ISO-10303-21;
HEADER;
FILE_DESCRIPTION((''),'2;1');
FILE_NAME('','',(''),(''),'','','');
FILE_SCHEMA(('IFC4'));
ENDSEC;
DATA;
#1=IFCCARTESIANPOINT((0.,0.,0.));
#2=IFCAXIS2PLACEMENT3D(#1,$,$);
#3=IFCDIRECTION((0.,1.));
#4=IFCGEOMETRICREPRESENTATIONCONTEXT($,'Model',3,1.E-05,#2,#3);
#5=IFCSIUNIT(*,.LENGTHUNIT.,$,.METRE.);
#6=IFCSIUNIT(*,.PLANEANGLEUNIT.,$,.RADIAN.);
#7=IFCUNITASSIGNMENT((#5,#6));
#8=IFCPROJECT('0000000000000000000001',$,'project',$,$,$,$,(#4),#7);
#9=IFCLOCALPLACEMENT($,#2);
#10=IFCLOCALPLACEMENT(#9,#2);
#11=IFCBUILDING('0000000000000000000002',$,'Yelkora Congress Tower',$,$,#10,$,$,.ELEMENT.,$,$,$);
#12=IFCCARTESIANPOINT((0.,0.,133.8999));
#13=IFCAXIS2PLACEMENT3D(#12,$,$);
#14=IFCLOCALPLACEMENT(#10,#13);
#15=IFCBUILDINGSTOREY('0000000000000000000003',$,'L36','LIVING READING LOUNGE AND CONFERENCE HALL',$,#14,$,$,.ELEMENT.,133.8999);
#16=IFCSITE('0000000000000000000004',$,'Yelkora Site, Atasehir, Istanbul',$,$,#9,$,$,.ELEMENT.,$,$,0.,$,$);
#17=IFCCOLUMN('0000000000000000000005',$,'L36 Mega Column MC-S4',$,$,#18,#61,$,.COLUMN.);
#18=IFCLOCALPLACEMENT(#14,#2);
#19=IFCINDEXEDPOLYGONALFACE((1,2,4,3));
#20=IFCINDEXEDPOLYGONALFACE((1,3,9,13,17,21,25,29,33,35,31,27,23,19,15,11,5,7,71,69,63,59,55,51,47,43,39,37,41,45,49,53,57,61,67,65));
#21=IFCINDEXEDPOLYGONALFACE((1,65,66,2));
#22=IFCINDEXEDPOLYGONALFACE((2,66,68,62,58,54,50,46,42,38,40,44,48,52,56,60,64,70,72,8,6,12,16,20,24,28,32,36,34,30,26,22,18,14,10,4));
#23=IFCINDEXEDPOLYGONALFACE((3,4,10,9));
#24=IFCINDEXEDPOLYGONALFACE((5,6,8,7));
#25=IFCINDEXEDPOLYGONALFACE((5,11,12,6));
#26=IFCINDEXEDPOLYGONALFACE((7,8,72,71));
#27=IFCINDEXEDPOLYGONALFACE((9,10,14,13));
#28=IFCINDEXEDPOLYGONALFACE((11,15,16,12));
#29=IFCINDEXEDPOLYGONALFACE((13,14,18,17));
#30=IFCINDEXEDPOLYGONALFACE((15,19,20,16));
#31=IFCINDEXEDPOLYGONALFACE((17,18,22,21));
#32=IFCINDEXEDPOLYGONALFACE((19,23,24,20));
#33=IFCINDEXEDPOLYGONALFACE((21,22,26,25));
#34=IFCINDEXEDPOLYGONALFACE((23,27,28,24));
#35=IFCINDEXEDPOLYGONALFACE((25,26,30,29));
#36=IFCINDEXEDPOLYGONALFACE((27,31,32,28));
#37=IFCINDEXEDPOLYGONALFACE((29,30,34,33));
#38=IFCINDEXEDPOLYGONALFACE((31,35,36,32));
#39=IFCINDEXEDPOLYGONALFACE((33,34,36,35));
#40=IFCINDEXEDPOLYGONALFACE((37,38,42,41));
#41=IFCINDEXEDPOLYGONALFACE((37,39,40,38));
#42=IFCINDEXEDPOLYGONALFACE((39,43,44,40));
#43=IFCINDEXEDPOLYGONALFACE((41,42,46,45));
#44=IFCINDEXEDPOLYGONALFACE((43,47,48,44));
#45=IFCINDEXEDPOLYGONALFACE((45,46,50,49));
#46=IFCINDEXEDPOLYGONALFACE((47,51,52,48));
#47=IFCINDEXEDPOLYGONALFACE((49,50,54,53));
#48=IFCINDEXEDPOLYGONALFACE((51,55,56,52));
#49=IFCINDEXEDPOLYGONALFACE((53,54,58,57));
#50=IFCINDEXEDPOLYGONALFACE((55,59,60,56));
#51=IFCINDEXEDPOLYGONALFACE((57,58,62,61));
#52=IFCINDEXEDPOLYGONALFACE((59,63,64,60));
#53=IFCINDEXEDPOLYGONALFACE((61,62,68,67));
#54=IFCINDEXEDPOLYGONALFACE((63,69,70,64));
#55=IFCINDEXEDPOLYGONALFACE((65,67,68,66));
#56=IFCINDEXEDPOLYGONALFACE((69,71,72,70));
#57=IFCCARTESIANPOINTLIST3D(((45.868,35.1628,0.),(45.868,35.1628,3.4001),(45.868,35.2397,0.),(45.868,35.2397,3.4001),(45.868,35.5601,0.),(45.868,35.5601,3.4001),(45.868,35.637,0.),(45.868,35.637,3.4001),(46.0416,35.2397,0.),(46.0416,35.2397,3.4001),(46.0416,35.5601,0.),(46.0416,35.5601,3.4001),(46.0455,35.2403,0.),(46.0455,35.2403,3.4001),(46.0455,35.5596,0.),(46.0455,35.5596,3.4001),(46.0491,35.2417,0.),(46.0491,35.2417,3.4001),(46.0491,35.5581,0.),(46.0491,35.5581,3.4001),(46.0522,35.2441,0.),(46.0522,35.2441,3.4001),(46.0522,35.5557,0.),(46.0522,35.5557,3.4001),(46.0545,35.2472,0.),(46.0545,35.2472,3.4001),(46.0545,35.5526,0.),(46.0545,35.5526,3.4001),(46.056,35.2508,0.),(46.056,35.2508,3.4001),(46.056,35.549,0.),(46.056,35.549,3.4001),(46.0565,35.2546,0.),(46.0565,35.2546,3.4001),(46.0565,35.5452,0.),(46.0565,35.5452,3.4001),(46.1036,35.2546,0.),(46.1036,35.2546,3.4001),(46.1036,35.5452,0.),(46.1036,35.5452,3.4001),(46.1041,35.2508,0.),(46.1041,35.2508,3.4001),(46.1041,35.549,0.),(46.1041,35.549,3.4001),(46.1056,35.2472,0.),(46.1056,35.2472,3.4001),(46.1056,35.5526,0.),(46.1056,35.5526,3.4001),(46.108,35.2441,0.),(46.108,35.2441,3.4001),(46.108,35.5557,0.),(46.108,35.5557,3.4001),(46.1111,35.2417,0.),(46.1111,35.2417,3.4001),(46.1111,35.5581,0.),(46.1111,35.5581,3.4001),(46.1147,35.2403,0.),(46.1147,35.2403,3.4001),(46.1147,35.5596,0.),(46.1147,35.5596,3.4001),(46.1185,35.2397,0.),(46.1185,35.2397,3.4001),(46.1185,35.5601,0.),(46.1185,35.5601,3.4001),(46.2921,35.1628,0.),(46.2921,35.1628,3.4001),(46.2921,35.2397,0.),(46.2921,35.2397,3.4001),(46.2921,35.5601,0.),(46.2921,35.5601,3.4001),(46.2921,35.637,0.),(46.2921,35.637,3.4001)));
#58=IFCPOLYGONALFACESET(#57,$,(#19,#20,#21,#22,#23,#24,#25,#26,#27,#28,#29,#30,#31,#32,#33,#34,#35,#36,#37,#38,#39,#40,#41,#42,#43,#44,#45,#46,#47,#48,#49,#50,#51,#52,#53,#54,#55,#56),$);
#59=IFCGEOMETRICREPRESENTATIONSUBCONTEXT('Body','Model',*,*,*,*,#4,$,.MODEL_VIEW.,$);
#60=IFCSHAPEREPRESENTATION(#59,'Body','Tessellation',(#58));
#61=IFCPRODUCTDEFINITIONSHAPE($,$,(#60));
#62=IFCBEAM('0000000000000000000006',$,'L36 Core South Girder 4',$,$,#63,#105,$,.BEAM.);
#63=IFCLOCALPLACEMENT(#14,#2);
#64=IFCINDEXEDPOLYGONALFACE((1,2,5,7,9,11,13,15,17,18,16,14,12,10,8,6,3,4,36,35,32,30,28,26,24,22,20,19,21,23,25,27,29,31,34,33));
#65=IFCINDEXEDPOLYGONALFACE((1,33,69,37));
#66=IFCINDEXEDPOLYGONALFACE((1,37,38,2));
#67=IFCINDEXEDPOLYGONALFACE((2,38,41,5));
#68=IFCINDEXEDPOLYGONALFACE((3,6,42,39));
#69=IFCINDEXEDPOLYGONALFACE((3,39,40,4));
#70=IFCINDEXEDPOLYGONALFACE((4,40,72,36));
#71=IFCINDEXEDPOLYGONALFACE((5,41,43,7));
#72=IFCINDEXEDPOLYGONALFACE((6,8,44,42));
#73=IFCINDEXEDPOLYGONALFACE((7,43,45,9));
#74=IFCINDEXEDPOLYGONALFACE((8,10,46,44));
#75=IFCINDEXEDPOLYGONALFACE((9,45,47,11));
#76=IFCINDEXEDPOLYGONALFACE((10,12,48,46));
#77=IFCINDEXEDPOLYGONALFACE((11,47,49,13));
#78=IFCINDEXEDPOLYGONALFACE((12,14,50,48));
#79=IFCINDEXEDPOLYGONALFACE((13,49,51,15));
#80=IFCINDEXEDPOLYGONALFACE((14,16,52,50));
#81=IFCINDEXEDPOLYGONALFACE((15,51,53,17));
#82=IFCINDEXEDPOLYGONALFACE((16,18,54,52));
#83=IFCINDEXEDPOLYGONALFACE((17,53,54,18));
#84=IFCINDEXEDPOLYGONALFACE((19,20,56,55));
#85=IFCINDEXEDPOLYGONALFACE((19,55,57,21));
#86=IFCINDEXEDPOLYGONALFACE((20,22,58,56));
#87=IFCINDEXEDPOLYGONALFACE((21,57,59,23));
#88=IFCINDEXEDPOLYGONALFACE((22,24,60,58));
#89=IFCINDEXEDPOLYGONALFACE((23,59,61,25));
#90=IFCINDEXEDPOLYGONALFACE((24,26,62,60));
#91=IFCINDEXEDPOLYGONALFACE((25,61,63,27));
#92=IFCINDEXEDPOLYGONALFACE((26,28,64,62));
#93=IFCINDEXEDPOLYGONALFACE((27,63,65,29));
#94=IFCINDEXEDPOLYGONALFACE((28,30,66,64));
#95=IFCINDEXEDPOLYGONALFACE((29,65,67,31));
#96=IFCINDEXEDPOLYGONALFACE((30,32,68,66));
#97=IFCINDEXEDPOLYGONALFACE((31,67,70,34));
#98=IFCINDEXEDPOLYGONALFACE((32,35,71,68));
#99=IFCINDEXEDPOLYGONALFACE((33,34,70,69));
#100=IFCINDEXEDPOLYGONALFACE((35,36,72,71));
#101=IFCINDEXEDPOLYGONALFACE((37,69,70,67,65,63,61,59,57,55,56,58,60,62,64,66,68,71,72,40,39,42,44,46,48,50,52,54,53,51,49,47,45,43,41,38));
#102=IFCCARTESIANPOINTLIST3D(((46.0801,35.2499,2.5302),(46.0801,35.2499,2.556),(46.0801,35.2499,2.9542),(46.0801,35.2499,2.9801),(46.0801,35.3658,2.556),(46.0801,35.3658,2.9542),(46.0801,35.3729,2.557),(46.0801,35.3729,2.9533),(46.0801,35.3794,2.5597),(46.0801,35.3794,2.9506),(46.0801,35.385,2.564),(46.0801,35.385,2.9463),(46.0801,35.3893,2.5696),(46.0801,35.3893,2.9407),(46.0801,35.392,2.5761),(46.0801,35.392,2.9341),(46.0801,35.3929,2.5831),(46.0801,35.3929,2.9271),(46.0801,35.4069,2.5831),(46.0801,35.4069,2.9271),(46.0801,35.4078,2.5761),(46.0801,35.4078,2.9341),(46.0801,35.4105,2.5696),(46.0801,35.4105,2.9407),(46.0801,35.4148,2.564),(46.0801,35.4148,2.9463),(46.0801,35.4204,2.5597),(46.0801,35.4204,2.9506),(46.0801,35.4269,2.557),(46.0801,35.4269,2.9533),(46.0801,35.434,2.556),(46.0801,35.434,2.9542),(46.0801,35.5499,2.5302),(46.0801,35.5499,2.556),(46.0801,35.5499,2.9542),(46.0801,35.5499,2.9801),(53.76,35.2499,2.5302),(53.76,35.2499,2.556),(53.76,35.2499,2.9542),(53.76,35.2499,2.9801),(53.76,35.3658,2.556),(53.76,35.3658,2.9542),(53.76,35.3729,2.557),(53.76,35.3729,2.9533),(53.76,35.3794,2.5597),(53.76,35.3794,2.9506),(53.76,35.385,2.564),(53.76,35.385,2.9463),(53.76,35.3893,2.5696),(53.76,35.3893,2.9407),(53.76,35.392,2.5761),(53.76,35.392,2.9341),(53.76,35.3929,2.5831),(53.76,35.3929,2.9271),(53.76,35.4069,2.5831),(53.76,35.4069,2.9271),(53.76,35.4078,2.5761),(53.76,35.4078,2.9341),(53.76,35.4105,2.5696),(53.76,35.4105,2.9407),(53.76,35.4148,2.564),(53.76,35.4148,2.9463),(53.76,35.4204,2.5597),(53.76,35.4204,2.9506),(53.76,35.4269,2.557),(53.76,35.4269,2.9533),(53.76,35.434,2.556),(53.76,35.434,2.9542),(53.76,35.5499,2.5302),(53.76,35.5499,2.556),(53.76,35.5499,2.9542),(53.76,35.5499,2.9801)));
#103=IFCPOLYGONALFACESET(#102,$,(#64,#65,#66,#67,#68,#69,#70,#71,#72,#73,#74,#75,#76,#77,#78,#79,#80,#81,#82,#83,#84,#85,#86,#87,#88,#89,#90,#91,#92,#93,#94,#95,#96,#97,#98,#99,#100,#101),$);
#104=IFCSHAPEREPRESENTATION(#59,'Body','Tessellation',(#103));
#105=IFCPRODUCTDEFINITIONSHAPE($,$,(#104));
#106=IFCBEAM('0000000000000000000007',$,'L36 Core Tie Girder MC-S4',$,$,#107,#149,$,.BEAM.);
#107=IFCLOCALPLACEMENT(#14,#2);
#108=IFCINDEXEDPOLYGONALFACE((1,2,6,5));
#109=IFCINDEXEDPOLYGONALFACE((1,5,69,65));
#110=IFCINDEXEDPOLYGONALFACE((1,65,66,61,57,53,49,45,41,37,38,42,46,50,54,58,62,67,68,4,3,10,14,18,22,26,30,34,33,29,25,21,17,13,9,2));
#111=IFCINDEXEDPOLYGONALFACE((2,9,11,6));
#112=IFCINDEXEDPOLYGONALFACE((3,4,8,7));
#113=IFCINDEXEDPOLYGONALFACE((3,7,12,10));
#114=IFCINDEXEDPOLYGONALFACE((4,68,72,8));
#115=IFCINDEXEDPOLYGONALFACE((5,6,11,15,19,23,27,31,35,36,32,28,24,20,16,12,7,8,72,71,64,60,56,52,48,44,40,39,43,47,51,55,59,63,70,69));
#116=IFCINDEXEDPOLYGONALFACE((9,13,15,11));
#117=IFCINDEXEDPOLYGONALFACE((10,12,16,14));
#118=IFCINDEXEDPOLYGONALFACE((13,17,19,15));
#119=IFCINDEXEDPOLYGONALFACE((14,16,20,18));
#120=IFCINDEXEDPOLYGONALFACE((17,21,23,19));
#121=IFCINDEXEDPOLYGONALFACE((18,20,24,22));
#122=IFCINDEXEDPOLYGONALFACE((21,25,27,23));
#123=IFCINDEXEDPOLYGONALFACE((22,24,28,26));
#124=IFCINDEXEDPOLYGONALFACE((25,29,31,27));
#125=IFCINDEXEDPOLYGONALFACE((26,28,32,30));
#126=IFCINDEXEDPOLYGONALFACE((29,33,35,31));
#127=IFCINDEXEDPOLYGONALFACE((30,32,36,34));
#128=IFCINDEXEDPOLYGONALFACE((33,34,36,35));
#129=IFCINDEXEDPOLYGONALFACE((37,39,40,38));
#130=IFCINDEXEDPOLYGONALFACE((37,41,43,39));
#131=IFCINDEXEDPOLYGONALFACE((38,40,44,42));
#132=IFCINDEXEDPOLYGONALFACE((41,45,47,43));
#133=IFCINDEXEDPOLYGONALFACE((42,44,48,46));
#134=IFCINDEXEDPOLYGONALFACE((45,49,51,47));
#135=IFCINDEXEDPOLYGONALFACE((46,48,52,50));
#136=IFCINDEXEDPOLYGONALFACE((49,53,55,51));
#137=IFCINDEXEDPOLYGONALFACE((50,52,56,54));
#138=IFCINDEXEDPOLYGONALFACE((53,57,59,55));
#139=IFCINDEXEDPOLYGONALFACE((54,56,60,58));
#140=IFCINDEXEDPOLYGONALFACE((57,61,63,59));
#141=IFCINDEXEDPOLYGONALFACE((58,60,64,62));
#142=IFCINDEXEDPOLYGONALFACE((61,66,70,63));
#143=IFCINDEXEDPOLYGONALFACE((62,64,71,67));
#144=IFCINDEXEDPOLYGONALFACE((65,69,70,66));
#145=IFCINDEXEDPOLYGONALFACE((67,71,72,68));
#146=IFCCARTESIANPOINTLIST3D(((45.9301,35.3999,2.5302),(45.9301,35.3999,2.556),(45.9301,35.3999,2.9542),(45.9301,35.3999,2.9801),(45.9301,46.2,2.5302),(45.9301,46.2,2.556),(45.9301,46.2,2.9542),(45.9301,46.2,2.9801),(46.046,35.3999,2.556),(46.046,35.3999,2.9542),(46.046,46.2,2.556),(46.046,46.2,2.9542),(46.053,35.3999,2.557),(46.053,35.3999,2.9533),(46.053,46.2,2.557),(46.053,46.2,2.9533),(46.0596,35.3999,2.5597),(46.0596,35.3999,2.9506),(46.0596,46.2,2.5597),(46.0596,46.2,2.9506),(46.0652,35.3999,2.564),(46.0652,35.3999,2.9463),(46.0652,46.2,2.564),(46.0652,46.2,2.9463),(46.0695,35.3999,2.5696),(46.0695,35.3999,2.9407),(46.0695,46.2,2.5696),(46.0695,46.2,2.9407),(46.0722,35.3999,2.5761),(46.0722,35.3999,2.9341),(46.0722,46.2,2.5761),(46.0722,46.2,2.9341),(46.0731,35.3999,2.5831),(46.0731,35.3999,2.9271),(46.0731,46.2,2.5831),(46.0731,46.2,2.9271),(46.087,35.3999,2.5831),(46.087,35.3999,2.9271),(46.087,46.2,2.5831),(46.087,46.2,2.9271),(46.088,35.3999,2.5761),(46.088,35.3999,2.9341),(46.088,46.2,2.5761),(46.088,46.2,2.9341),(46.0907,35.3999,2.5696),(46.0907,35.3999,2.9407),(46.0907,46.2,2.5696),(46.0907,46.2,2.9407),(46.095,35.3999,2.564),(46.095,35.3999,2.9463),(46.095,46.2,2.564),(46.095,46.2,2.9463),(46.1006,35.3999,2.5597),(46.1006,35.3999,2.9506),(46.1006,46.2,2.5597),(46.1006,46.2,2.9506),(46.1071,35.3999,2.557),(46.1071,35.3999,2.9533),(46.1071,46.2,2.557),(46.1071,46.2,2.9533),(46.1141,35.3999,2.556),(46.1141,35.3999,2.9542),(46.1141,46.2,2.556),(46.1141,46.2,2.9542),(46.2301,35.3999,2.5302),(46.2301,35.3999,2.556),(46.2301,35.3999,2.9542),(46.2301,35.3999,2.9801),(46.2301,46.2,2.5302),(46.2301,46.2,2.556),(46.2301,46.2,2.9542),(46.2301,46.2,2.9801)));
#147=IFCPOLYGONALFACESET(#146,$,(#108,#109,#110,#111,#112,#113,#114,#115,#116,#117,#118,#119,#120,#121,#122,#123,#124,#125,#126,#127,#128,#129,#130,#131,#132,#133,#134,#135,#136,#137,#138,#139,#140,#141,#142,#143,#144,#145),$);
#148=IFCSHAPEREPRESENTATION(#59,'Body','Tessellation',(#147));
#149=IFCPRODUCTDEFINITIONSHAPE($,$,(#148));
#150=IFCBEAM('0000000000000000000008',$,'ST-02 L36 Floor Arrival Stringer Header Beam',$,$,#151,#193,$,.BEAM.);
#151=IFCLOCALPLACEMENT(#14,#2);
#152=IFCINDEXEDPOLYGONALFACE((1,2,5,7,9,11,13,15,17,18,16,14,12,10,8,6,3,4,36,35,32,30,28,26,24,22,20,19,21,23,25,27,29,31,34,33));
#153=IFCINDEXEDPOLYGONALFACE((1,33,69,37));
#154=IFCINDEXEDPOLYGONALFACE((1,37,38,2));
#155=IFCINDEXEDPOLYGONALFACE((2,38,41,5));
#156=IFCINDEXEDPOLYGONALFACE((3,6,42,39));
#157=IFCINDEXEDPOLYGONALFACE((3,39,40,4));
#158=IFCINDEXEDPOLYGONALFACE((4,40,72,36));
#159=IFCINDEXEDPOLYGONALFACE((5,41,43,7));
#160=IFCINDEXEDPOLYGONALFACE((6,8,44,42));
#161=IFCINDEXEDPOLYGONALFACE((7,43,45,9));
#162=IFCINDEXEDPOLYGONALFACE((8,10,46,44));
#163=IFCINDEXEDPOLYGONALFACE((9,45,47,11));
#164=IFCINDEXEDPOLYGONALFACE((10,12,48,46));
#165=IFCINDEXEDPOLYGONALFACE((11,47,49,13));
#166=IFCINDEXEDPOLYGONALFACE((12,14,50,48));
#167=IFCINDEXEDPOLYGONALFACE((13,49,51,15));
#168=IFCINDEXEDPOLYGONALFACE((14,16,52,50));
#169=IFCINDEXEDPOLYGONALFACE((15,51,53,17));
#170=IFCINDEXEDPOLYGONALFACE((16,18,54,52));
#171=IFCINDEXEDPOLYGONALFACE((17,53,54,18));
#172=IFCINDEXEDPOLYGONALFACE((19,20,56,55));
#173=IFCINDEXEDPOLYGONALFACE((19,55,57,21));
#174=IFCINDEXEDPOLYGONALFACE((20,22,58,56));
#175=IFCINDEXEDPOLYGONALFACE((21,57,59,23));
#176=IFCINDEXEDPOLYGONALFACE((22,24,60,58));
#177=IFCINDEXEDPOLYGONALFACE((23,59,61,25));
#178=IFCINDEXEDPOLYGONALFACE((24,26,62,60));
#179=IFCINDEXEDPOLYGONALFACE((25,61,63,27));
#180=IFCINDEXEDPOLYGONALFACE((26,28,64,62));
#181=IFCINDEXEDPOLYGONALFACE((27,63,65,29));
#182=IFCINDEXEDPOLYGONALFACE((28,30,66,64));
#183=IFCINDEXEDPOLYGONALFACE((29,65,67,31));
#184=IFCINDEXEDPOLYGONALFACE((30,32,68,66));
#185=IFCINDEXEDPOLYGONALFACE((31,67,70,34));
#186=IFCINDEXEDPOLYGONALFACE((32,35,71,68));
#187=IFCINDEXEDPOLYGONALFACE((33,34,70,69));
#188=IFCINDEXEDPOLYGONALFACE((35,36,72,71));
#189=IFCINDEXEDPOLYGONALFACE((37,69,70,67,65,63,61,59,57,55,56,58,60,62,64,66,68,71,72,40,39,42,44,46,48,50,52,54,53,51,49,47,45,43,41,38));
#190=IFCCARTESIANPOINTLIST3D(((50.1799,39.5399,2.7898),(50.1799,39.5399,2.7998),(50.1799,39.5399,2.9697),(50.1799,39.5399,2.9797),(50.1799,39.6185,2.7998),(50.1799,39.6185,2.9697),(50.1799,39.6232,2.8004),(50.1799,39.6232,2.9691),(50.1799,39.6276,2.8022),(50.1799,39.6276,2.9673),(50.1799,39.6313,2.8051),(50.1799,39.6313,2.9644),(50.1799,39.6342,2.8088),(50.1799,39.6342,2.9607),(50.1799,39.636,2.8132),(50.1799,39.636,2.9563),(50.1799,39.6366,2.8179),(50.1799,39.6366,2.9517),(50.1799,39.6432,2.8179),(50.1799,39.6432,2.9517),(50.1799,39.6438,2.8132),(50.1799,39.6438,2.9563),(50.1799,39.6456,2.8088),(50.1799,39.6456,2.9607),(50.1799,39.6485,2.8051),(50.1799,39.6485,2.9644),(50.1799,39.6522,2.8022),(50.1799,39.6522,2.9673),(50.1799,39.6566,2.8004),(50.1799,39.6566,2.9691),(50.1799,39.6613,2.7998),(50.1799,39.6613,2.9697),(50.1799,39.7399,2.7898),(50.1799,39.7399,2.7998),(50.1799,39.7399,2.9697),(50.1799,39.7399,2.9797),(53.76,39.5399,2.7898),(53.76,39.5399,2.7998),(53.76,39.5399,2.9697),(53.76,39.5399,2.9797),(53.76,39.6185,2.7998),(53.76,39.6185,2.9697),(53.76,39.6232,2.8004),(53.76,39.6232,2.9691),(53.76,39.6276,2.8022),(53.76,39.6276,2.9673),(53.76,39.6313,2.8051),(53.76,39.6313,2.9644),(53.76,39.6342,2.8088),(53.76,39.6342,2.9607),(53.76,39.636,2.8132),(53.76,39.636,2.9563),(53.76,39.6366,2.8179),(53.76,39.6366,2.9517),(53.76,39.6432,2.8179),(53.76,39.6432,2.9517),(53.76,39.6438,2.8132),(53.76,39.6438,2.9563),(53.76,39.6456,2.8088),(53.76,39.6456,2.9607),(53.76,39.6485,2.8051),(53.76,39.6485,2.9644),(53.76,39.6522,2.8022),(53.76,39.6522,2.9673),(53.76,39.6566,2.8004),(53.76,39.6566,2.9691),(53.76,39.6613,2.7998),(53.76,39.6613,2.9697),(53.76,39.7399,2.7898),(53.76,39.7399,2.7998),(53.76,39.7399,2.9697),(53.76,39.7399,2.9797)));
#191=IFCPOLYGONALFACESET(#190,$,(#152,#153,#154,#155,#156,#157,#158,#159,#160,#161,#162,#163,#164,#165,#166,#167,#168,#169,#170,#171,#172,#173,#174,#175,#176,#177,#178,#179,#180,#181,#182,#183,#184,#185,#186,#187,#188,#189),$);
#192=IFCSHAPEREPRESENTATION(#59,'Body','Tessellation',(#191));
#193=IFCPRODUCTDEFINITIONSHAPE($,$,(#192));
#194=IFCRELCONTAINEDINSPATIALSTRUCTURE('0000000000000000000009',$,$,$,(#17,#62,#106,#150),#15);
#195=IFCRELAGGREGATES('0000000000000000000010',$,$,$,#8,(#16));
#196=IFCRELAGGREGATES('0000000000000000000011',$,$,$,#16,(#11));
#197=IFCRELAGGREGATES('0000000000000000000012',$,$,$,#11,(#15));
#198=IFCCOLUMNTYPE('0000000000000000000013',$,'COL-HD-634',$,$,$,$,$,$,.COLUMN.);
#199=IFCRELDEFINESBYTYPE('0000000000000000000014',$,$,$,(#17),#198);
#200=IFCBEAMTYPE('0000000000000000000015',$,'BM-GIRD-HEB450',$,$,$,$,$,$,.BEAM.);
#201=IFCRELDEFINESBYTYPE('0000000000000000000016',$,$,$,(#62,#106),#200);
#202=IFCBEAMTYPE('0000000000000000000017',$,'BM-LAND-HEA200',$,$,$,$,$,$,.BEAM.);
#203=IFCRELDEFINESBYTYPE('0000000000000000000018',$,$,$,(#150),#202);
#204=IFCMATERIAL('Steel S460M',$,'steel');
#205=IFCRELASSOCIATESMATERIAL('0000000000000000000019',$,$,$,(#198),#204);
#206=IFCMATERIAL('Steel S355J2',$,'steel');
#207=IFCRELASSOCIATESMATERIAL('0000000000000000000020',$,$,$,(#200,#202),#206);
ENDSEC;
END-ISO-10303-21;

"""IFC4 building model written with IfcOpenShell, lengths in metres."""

from ifc_helpers import new_model, si_unit, direction, frame, origin, origin_2d, place, context, subcontext, project, spatial, i_section, extrude, material, material_profile, profile_set, type_object, element, save


model = new_model("IFC4")

# Units and contexts
model_context = context("Model", 3, precision=1e-05, world=origin(), true_north=direction((0.0, 1.0)))
body_context = subcontext(model_context, "Body", "Model", "MODEL_VIEW")
ifc_project = project(units=[si_unit("LENGTHUNIT", "METRE"), si_unit("PLANEANGLEUNIT", "RADIAN")], contexts=[model_context])

# Site, building, storey
site_placement = place(None, origin())
site = spatial("IfcSite", under=ifc_project, at=site_placement, Name="Yelkora Site, Atasehir, Istanbul", CompositionType="ELEMENT", RefElevation=0.0)
building_placement = place(site_placement, origin())
building = spatial("IfcBuilding", under=site, at=building_placement, Name="Yelkora Congress Tower", CompositionType="ELEMENT")
storey_placement = place(building_placement, frame((0.0, 0.0, 133.8999)))
storey = spatial("IfcBuildingStorey", under=building, at=storey_placement, Name="L36", Description="LIVING READING LOUNGE AND CONFERENCE HALL", CompositionType="ELEMENT", Elevation=133.8999)

# Column
ifc_material_1 = material(Name="Steel S460M", Category="steel")
ifc_material_profile_1 = material_profile(ifc_material_1, i_section(OverallWidth=0.4241, OverallDepth=0.4741, WebThickness=0.0471, FlangeThickness=0.0769, FilletRadius=0.0149, at=origin_2d()), Name="HD 400x634")
ifc_profile_set_1 = profile_set([ifc_material_profile_1], Name="Steel S460M")
column_type = type_object("IfcColumnType", Name="COL-HD-634", PredefinedType="COLUMN", material=ifc_profile_set_1)
column_placement = place(storey_placement, frame((46.0801, 35.3999, 0.0), z_axis=(0.0, 0.0, 1.0), x_axis=(1.0, 0.0, 0.0)))
element("IfcColumn", 1, at=column_placement, inside=storey, type_object=column_type, Name="L36 Mega Column MC-S4", PredefinedType="COLUMN", context=body_context, shape_type="SweptSolid", body=[
    extrude(i_section(OverallWidth=0.4241, OverallDepth=0.4741, WebThickness=0.0471, FlangeThickness=0.0769, FilletRadius=0.0149, at=origin_2d()), origin(), (0.0, 0.0, 1.0), 3.4001),
])

# Beams
ifc_material_2 = material(Name="Steel S355J2", Category="steel")
ifc_material_profile_2 = material_profile(ifc_material_2, i_section(OverallWidth=0.3, OverallDepth=0.45, WebThickness=0.0139, FlangeThickness=0.0259, FilletRadius=0.0271, at=origin_2d()), Name="HEB 450")
ifc_profile_set_2 = profile_set([ifc_material_profile_2], Name="Steel S355J2")
beam_type_1 = type_object("IfcBeamType", Name="BM-GIRD-HEB450", PredefinedType="BEAM", material=ifc_profile_set_2)
beam_1_placement = place(storey_placement, frame((46.0801, 35.3999, 2.7551), z_axis=(1.0, 0.0, 0.0), x_axis=(0.0, 1.0, 0.0)))
element("IfcBeam", 2, at=beam_1_placement, inside=storey, type_object=beam_type_1, Name="L36 Core South Girder 4", PredefinedType="BEAM", context=body_context, shape_type="SweptSolid", body=[
    extrude(i_section(OverallWidth=0.3, OverallDepth=0.45, WebThickness=0.0139, FlangeThickness=0.0259, FilletRadius=0.0271, at=origin_2d()), origin(), (0.0, 0.0, 1.0), 7.6799),
])
beam_2_placement = place(storey_placement, frame((46.0801, 35.3999, 2.7551), z_axis=(0.0, 1.0, 0.0), x_axis=(-1.0, 0.0, 0.0)))
element("IfcBeam", 3, at=beam_2_placement, inside=storey, type_object=beam_type_1, Name="L36 Core Tie Girder MC-S4", PredefinedType="BEAM", context=body_context, shape_type="SweptSolid", body=[
    extrude(i_section(OverallWidth=0.3, OverallDepth=0.45, WebThickness=0.0139, FlangeThickness=0.0259, FilletRadius=0.0271, at=origin_2d()), origin(), (0.0, 0.0, 1.0), 10.8),
])
ifc_material_profile_3 = material_profile(ifc_material_2, i_section(OverallWidth=0.2, OverallDepth=0.1899, WebThickness=0.0066, FlangeThickness=0.01, FilletRadius=0.0181, at=origin_2d()), Name="HEA 200")
ifc_profile_set_3 = profile_set([ifc_material_profile_3], Name="Steel S355J2")
beam_type_2 = type_object("IfcBeamType", Name="BM-LAND-HEA200", PredefinedType="BEAM", material=ifc_profile_set_3)
beam_3_placement = place(storey_placement, frame((50.1799, 39.6399, 2.8848), z_axis=(1.0, 0.0, 0.0), x_axis=(0.0, 1.0, 0.0)))
element("IfcBeam", 4, at=beam_3_placement, inside=storey, type_object=beam_type_2, Name="ST-02 L36 Floor Arrival Stringer Header Beam", PredefinedType="BEAM", context=body_context, shape_type="SweptSolid", body=[
    extrude(i_section(OverallWidth=0.2, OverallDepth=0.1899, WebThickness=0.0066, FlangeThickness=0.01, FilletRadius=0.0181, at=origin_2d()), origin(), (0.0, 0.0, 1.0), 3.5801),
])

save(model, "model.ifc")
